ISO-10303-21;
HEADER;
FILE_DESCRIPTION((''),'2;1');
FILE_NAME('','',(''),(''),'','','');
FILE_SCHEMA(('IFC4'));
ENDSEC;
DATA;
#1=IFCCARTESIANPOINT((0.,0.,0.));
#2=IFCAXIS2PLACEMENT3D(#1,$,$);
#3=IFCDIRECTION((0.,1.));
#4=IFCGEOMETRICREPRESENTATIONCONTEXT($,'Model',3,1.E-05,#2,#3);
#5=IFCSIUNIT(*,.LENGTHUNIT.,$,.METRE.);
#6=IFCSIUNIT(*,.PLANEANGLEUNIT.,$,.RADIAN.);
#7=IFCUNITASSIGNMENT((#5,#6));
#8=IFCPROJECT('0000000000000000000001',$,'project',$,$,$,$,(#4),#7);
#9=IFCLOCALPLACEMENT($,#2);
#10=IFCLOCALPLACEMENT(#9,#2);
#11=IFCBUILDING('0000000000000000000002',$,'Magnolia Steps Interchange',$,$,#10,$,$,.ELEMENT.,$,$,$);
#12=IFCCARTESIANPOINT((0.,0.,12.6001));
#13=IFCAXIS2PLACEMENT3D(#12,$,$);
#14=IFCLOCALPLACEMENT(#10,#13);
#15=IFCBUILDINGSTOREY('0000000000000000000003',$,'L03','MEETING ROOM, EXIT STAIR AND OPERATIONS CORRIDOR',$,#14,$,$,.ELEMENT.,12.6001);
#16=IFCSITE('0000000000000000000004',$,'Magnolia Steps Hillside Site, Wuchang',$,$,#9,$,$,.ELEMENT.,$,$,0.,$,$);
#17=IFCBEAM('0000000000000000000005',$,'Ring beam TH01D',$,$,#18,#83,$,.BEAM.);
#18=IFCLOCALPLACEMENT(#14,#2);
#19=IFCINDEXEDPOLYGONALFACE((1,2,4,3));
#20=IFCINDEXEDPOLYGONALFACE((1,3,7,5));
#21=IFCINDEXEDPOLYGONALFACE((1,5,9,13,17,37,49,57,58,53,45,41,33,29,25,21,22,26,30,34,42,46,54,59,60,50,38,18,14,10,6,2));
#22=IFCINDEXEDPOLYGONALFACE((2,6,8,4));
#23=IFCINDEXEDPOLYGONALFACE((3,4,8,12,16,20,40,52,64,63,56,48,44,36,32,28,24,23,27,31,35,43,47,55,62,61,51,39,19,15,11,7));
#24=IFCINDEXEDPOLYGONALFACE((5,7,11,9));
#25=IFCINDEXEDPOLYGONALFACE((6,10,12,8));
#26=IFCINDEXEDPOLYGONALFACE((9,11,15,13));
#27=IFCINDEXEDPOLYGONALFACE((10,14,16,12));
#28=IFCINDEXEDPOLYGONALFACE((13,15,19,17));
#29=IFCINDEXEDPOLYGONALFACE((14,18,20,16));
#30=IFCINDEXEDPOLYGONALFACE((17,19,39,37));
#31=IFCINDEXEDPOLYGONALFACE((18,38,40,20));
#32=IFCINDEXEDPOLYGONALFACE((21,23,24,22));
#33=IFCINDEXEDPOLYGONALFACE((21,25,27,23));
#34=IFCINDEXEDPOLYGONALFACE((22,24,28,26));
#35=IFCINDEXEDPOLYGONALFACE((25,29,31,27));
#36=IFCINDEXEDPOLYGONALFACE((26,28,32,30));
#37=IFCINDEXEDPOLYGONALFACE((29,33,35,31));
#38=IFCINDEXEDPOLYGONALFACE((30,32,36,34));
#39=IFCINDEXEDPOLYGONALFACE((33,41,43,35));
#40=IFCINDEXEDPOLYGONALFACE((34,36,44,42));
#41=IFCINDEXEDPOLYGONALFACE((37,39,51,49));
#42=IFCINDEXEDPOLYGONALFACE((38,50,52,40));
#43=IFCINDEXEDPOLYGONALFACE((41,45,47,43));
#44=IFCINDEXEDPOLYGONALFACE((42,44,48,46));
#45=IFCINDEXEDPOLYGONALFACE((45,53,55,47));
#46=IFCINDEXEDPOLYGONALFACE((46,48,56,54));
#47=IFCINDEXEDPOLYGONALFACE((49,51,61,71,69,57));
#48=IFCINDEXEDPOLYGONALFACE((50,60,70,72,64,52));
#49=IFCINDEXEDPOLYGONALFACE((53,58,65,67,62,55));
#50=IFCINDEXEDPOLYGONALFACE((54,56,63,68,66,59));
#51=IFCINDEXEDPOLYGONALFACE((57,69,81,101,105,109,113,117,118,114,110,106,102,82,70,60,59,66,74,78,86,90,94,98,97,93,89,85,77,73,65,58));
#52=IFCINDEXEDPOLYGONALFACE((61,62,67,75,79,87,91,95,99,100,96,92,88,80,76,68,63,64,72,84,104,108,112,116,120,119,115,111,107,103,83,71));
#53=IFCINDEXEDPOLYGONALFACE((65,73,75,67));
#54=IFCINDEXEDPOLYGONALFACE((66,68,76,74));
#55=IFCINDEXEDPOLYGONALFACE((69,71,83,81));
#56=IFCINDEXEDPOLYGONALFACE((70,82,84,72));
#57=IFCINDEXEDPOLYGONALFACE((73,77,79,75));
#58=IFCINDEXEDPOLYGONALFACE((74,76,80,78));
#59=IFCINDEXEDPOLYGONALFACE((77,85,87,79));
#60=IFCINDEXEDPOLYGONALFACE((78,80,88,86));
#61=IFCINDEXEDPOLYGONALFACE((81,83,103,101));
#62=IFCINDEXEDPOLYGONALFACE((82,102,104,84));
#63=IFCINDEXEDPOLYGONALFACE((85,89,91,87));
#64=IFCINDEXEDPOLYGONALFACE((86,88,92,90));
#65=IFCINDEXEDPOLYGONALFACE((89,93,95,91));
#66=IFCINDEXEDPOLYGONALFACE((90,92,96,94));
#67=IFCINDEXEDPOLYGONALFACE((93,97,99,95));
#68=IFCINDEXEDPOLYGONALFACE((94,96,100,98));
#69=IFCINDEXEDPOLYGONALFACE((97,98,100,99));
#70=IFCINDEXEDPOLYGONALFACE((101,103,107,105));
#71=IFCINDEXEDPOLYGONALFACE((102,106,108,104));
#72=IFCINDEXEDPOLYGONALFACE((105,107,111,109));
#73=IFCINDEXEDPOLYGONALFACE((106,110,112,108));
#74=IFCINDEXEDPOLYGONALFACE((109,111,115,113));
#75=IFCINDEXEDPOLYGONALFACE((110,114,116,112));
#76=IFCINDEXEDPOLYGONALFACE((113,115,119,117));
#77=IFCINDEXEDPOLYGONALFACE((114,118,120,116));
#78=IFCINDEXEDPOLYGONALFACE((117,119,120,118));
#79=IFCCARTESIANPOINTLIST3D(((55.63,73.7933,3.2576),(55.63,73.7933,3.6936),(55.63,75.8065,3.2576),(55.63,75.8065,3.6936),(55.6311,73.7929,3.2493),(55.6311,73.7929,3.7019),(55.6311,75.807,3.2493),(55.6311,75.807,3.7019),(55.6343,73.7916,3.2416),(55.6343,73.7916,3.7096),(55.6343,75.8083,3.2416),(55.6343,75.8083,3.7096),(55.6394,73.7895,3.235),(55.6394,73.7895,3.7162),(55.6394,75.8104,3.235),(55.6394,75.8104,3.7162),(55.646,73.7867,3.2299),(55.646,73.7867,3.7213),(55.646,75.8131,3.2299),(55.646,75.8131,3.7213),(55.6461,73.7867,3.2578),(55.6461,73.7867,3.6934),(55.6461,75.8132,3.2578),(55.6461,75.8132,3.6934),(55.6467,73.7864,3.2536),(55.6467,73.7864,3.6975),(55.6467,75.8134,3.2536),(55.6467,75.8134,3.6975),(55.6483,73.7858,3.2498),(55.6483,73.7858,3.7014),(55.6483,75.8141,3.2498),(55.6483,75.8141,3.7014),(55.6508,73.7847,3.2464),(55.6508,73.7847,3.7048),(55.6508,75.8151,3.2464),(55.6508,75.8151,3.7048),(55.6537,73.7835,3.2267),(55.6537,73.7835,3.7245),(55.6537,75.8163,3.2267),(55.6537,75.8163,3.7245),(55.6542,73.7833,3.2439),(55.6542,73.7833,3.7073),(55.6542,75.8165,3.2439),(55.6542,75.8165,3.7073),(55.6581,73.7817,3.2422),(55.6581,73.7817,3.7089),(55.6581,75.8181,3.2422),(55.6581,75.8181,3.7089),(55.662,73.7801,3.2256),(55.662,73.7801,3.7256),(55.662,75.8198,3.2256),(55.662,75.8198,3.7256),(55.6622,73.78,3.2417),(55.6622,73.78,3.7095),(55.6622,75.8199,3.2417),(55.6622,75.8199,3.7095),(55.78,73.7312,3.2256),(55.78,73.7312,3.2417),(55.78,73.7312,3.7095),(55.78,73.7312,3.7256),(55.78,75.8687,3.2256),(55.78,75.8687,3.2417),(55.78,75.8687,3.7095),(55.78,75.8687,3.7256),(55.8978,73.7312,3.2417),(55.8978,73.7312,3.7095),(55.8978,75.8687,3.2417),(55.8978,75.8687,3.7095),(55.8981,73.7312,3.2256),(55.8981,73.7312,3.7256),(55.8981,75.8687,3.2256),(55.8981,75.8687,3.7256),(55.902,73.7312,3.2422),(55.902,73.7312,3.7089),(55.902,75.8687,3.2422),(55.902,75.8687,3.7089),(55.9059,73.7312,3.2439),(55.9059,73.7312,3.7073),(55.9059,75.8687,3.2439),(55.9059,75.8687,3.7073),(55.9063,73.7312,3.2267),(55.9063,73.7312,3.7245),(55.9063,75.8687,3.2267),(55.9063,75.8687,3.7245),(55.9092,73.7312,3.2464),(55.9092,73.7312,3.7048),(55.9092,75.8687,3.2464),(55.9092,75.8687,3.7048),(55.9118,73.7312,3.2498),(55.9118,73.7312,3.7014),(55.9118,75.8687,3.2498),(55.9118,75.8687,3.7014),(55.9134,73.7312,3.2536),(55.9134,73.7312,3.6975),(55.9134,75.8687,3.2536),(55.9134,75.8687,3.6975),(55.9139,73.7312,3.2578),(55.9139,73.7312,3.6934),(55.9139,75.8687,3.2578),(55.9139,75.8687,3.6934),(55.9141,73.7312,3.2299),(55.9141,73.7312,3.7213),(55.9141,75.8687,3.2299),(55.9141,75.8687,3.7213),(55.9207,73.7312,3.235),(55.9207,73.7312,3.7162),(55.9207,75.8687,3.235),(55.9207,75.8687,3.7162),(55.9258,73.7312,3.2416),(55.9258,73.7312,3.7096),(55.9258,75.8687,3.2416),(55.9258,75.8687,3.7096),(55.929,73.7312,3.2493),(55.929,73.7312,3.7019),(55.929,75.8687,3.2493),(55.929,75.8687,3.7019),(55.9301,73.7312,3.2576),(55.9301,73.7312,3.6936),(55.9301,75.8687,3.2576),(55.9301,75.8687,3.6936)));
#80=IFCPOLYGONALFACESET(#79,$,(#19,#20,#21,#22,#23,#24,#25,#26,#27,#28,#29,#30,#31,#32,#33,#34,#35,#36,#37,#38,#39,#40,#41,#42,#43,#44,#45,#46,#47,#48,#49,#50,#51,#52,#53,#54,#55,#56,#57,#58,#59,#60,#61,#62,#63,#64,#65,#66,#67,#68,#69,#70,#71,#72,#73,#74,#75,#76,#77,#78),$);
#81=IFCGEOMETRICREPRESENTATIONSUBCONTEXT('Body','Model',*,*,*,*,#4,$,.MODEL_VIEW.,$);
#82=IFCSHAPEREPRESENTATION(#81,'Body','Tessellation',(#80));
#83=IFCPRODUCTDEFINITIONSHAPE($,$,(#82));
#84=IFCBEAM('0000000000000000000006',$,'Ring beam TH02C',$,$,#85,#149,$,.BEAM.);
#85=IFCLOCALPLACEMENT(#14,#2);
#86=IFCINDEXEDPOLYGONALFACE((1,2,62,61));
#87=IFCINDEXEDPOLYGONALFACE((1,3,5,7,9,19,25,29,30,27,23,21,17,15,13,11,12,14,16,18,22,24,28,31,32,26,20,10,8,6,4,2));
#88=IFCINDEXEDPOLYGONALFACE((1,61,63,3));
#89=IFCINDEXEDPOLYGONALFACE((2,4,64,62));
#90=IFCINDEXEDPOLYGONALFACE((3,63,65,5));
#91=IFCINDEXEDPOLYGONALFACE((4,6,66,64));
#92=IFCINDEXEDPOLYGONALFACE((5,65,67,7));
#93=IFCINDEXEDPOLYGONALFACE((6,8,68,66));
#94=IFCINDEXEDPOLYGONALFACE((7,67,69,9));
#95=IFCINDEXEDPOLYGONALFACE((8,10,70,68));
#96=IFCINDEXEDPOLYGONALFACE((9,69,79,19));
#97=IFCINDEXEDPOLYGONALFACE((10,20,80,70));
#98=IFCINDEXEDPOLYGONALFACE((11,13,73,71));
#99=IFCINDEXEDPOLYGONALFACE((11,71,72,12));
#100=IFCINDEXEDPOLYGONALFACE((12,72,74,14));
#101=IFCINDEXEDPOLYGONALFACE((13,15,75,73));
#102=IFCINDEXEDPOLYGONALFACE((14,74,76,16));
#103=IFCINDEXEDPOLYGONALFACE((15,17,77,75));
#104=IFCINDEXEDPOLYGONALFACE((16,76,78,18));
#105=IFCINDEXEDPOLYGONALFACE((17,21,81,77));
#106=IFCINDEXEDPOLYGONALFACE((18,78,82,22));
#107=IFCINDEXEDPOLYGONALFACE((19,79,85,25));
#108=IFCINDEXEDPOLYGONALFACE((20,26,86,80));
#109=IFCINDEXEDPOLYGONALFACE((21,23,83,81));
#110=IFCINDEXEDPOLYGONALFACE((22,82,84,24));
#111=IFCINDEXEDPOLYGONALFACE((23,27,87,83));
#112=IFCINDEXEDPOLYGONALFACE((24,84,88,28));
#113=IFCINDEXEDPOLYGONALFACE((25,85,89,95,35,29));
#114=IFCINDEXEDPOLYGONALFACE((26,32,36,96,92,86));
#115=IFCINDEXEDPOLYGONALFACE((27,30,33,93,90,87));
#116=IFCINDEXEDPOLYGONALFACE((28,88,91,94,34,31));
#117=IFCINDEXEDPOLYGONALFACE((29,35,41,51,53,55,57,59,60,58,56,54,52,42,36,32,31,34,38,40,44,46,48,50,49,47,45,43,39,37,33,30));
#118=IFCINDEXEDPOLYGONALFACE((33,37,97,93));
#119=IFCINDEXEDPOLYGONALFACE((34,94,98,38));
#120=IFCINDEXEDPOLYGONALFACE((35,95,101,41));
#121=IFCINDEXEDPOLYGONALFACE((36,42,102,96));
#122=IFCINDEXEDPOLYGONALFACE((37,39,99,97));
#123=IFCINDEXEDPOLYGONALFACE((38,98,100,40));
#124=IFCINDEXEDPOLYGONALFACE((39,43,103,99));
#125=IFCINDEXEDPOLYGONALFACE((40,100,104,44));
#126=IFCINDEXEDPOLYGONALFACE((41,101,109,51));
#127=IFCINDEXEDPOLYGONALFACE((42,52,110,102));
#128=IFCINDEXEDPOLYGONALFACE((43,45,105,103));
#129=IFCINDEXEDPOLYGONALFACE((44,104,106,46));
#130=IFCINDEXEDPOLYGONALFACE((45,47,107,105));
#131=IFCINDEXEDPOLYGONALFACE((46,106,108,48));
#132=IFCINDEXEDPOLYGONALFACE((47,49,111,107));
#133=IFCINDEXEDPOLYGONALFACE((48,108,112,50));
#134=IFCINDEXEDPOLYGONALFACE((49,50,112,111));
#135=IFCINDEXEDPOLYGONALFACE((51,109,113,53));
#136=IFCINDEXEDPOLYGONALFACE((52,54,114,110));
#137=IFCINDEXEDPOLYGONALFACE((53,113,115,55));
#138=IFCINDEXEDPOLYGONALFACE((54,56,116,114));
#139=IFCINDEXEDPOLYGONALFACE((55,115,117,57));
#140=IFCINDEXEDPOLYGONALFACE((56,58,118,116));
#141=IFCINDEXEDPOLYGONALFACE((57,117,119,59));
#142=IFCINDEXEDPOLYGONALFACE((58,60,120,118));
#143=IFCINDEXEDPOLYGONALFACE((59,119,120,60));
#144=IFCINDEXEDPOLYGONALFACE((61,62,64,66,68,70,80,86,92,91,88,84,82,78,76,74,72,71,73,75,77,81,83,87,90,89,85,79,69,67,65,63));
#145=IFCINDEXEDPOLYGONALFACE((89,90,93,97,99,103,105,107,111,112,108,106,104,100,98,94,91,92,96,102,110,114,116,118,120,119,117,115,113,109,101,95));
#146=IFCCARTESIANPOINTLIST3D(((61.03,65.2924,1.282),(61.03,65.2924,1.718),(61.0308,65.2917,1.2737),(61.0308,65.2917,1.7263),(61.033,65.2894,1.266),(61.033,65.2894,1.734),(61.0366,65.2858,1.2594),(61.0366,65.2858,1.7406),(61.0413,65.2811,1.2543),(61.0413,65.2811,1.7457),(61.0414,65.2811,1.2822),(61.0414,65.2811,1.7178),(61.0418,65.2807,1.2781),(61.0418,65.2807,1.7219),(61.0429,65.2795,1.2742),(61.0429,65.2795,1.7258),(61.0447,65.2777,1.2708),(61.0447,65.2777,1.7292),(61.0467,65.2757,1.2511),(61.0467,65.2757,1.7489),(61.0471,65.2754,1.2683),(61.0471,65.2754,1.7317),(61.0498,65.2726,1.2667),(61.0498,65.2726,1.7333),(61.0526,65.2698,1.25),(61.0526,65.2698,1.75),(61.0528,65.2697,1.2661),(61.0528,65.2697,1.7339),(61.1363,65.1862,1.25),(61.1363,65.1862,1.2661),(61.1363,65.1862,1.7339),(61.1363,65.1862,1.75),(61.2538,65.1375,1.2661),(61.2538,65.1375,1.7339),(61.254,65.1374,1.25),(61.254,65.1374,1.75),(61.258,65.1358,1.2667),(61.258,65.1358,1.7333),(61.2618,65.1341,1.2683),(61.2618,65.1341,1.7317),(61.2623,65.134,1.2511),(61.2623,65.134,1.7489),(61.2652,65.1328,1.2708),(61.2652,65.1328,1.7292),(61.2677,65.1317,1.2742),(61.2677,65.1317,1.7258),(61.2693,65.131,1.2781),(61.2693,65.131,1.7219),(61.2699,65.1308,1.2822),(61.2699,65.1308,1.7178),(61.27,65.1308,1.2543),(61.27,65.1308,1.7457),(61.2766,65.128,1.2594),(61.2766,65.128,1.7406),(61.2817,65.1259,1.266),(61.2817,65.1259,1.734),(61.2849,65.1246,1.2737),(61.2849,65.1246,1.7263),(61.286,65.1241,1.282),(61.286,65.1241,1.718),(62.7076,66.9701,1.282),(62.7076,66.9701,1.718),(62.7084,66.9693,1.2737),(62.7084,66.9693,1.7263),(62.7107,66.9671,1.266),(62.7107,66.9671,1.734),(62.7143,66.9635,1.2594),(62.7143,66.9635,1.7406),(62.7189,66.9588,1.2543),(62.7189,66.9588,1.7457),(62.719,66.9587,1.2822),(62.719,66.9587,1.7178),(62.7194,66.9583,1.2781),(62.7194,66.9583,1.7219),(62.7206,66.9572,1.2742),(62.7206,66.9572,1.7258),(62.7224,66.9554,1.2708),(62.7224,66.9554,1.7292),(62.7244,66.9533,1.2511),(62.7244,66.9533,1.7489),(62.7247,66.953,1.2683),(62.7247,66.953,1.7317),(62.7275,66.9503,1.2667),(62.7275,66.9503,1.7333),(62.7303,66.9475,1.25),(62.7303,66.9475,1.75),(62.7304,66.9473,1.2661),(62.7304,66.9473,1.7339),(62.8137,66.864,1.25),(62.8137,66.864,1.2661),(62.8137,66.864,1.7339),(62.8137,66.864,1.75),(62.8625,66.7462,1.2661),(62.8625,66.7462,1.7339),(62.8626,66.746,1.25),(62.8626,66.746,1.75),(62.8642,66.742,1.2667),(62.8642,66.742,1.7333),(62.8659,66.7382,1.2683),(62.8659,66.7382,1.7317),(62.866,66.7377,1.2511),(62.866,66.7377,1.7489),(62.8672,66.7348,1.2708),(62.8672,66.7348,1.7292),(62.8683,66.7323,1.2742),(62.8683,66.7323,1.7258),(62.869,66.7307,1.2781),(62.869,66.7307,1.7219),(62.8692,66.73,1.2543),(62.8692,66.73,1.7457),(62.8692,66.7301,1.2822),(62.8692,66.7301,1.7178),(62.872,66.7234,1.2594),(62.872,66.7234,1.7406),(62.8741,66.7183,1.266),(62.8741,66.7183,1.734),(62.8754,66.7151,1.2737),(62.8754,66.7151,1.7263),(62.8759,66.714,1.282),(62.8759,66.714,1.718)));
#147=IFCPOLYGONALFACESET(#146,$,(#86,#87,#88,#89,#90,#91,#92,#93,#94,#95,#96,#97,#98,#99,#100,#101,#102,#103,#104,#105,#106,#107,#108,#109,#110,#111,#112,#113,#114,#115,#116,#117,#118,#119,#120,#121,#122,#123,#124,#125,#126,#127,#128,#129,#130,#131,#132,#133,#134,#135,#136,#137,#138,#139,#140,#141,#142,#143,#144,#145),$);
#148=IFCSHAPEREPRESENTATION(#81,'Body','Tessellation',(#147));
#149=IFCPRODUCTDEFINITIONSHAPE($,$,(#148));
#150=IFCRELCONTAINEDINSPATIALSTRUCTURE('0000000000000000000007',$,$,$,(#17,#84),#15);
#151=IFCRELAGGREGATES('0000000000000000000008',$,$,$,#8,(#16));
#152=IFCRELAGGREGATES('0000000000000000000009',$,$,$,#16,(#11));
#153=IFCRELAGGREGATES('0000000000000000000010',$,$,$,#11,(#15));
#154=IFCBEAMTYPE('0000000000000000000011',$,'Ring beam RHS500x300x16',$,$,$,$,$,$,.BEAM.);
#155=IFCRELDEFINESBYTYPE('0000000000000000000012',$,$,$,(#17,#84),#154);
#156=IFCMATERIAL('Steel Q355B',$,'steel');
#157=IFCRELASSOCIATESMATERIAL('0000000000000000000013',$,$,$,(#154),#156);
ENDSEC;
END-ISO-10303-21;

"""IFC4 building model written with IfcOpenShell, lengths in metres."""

from ifc_helpers import new_model, si_unit, direction, frame, origin, origin_2d, place, context, subcontext, project, spatial, hollow_rectangle, extrude, clip, halfspace, material, material_profile, profile_set, type_object, element, save


model = new_model("IFC4")

# Units and contexts
model_context = context("Model", 3, precision=1e-05, world=origin(), true_north=direction((0.0, 1.0)))
body_context = subcontext(model_context, "Body", "Model", "MODEL_VIEW")
ifc_project = project(units=[si_unit("LENGTHUNIT", "METRE"), si_unit("PLANEANGLEUNIT", "RADIAN")], contexts=[model_context])

# Site, building, storey
site_placement = place(None, origin())
site = spatial("IfcSite", under=ifc_project, at=site_placement, Name="Magnolia Steps Hillside Site, Wuchang", CompositionType="ELEMENT", RefElevation=0.0)
building_placement = place(site_placement, origin())
building = spatial("IfcBuilding", under=site, at=building_placement, Name="Magnolia Steps Interchange", CompositionType="ELEMENT")
storey_placement = place(building_placement, frame((0.0, 0.0, 12.6001)))
storey = spatial("IfcBuildingStorey", under=building, at=storey_placement, Name="L03", Description="MEETING ROOM, EXIT STAIR AND OPERATIONS CORRIDOR", CompositionType="ELEMENT", Elevation=12.6001)

# Beams
ifc_material_1 = material(Name="Steel Q355B", Category="steel")
ifc_material_profile_1 = material_profile(ifc_material_1, hollow_rectangle(XDim=0.3, YDim=0.5, WallThickness=0.0161, InnerFilletRadius=0.0161, OuterFilletRadius=0.032, at=origin_2d()), Name="RHS500x300x16")
ifc_profile_set_1 = profile_set([ifc_material_profile_1], Name="Steel Q355B")
beam_type_1 = type_object("IfcBeamType", Name="Ring beam RHS500x300x16", PredefinedType="BEAM", material=ifc_profile_set_1)
for number, where, z_axis, x_axis, name in (
    (1, (55.78, 73.7312, 3.4756), (0.0, 1.0, 0.0), (-1.0, 0.0, 0.0), "Ring beam TH01D"),
):
    element("IfcBeam", number, at=place(storey_placement, frame(where, z_axis=z_axis, x_axis=x_axis)), inside=storey, type_object=beam_type_1, Name=name, PredefinedType="BEAM", context=body_context, shape_type="Clipping", body=[
        clip(clip(extrude(hollow_rectangle(XDim=0.3, YDim=0.5, WallThickness=0.0161, InnerFilletRadius=0.0161, OuterFilletRadius=0.032, at=origin_2d()), origin(), (0.0, 0.0, 1.0), 2.1375), halfspace(frame((0.0, 0.0, 0.0), z_axis=(0.382683, 0.0, -0.92388), x_axis=(0.92388, 0.0, 0.382683)), False)), halfspace(frame((0.0, 0.0, 2.1375), z_axis=(0.382683, 0.0, 0.92388), x_axis=(0.92388, 0.0, -0.382683)), False)),
    ])
for number, where, z_axis, x_axis, name in (
    (2, (62.8137, 66.864, 1.5), (-0.707107, -0.707107, 0.0), (0.707107, -0.707107, 0.0), "Ring beam TH02C"),
):
    element("IfcBeam", number, at=place(storey_placement, frame(where, z_axis=z_axis, x_axis=x_axis)), inside=storey, type_object=beam_type_1, Name=name, PredefinedType="BEAM", context=body_context, shape_type="Clipping", body=[
        clip(clip(extrude(hollow_rectangle(XDim=0.3, YDim=0.5, WallThickness=0.0161, InnerFilletRadius=0.0161, OuterFilletRadius=0.032, at=origin_2d()), origin(), (0.0, 0.0, 1.0), 2.3726), halfspace(frame((0.0, 0.0, 0.0), z_axis=(0.382683, 0.0, -0.92388), x_axis=(0.92388, 0.0, 0.382683)), False)), halfspace(frame((0.0, 0.0, 2.3727), z_axis=(0.382683, 0.0, 0.92388), x_axis=(0.92388, 0.0, -0.382683)), False)),
    ])

save(model, "model.ifc")
